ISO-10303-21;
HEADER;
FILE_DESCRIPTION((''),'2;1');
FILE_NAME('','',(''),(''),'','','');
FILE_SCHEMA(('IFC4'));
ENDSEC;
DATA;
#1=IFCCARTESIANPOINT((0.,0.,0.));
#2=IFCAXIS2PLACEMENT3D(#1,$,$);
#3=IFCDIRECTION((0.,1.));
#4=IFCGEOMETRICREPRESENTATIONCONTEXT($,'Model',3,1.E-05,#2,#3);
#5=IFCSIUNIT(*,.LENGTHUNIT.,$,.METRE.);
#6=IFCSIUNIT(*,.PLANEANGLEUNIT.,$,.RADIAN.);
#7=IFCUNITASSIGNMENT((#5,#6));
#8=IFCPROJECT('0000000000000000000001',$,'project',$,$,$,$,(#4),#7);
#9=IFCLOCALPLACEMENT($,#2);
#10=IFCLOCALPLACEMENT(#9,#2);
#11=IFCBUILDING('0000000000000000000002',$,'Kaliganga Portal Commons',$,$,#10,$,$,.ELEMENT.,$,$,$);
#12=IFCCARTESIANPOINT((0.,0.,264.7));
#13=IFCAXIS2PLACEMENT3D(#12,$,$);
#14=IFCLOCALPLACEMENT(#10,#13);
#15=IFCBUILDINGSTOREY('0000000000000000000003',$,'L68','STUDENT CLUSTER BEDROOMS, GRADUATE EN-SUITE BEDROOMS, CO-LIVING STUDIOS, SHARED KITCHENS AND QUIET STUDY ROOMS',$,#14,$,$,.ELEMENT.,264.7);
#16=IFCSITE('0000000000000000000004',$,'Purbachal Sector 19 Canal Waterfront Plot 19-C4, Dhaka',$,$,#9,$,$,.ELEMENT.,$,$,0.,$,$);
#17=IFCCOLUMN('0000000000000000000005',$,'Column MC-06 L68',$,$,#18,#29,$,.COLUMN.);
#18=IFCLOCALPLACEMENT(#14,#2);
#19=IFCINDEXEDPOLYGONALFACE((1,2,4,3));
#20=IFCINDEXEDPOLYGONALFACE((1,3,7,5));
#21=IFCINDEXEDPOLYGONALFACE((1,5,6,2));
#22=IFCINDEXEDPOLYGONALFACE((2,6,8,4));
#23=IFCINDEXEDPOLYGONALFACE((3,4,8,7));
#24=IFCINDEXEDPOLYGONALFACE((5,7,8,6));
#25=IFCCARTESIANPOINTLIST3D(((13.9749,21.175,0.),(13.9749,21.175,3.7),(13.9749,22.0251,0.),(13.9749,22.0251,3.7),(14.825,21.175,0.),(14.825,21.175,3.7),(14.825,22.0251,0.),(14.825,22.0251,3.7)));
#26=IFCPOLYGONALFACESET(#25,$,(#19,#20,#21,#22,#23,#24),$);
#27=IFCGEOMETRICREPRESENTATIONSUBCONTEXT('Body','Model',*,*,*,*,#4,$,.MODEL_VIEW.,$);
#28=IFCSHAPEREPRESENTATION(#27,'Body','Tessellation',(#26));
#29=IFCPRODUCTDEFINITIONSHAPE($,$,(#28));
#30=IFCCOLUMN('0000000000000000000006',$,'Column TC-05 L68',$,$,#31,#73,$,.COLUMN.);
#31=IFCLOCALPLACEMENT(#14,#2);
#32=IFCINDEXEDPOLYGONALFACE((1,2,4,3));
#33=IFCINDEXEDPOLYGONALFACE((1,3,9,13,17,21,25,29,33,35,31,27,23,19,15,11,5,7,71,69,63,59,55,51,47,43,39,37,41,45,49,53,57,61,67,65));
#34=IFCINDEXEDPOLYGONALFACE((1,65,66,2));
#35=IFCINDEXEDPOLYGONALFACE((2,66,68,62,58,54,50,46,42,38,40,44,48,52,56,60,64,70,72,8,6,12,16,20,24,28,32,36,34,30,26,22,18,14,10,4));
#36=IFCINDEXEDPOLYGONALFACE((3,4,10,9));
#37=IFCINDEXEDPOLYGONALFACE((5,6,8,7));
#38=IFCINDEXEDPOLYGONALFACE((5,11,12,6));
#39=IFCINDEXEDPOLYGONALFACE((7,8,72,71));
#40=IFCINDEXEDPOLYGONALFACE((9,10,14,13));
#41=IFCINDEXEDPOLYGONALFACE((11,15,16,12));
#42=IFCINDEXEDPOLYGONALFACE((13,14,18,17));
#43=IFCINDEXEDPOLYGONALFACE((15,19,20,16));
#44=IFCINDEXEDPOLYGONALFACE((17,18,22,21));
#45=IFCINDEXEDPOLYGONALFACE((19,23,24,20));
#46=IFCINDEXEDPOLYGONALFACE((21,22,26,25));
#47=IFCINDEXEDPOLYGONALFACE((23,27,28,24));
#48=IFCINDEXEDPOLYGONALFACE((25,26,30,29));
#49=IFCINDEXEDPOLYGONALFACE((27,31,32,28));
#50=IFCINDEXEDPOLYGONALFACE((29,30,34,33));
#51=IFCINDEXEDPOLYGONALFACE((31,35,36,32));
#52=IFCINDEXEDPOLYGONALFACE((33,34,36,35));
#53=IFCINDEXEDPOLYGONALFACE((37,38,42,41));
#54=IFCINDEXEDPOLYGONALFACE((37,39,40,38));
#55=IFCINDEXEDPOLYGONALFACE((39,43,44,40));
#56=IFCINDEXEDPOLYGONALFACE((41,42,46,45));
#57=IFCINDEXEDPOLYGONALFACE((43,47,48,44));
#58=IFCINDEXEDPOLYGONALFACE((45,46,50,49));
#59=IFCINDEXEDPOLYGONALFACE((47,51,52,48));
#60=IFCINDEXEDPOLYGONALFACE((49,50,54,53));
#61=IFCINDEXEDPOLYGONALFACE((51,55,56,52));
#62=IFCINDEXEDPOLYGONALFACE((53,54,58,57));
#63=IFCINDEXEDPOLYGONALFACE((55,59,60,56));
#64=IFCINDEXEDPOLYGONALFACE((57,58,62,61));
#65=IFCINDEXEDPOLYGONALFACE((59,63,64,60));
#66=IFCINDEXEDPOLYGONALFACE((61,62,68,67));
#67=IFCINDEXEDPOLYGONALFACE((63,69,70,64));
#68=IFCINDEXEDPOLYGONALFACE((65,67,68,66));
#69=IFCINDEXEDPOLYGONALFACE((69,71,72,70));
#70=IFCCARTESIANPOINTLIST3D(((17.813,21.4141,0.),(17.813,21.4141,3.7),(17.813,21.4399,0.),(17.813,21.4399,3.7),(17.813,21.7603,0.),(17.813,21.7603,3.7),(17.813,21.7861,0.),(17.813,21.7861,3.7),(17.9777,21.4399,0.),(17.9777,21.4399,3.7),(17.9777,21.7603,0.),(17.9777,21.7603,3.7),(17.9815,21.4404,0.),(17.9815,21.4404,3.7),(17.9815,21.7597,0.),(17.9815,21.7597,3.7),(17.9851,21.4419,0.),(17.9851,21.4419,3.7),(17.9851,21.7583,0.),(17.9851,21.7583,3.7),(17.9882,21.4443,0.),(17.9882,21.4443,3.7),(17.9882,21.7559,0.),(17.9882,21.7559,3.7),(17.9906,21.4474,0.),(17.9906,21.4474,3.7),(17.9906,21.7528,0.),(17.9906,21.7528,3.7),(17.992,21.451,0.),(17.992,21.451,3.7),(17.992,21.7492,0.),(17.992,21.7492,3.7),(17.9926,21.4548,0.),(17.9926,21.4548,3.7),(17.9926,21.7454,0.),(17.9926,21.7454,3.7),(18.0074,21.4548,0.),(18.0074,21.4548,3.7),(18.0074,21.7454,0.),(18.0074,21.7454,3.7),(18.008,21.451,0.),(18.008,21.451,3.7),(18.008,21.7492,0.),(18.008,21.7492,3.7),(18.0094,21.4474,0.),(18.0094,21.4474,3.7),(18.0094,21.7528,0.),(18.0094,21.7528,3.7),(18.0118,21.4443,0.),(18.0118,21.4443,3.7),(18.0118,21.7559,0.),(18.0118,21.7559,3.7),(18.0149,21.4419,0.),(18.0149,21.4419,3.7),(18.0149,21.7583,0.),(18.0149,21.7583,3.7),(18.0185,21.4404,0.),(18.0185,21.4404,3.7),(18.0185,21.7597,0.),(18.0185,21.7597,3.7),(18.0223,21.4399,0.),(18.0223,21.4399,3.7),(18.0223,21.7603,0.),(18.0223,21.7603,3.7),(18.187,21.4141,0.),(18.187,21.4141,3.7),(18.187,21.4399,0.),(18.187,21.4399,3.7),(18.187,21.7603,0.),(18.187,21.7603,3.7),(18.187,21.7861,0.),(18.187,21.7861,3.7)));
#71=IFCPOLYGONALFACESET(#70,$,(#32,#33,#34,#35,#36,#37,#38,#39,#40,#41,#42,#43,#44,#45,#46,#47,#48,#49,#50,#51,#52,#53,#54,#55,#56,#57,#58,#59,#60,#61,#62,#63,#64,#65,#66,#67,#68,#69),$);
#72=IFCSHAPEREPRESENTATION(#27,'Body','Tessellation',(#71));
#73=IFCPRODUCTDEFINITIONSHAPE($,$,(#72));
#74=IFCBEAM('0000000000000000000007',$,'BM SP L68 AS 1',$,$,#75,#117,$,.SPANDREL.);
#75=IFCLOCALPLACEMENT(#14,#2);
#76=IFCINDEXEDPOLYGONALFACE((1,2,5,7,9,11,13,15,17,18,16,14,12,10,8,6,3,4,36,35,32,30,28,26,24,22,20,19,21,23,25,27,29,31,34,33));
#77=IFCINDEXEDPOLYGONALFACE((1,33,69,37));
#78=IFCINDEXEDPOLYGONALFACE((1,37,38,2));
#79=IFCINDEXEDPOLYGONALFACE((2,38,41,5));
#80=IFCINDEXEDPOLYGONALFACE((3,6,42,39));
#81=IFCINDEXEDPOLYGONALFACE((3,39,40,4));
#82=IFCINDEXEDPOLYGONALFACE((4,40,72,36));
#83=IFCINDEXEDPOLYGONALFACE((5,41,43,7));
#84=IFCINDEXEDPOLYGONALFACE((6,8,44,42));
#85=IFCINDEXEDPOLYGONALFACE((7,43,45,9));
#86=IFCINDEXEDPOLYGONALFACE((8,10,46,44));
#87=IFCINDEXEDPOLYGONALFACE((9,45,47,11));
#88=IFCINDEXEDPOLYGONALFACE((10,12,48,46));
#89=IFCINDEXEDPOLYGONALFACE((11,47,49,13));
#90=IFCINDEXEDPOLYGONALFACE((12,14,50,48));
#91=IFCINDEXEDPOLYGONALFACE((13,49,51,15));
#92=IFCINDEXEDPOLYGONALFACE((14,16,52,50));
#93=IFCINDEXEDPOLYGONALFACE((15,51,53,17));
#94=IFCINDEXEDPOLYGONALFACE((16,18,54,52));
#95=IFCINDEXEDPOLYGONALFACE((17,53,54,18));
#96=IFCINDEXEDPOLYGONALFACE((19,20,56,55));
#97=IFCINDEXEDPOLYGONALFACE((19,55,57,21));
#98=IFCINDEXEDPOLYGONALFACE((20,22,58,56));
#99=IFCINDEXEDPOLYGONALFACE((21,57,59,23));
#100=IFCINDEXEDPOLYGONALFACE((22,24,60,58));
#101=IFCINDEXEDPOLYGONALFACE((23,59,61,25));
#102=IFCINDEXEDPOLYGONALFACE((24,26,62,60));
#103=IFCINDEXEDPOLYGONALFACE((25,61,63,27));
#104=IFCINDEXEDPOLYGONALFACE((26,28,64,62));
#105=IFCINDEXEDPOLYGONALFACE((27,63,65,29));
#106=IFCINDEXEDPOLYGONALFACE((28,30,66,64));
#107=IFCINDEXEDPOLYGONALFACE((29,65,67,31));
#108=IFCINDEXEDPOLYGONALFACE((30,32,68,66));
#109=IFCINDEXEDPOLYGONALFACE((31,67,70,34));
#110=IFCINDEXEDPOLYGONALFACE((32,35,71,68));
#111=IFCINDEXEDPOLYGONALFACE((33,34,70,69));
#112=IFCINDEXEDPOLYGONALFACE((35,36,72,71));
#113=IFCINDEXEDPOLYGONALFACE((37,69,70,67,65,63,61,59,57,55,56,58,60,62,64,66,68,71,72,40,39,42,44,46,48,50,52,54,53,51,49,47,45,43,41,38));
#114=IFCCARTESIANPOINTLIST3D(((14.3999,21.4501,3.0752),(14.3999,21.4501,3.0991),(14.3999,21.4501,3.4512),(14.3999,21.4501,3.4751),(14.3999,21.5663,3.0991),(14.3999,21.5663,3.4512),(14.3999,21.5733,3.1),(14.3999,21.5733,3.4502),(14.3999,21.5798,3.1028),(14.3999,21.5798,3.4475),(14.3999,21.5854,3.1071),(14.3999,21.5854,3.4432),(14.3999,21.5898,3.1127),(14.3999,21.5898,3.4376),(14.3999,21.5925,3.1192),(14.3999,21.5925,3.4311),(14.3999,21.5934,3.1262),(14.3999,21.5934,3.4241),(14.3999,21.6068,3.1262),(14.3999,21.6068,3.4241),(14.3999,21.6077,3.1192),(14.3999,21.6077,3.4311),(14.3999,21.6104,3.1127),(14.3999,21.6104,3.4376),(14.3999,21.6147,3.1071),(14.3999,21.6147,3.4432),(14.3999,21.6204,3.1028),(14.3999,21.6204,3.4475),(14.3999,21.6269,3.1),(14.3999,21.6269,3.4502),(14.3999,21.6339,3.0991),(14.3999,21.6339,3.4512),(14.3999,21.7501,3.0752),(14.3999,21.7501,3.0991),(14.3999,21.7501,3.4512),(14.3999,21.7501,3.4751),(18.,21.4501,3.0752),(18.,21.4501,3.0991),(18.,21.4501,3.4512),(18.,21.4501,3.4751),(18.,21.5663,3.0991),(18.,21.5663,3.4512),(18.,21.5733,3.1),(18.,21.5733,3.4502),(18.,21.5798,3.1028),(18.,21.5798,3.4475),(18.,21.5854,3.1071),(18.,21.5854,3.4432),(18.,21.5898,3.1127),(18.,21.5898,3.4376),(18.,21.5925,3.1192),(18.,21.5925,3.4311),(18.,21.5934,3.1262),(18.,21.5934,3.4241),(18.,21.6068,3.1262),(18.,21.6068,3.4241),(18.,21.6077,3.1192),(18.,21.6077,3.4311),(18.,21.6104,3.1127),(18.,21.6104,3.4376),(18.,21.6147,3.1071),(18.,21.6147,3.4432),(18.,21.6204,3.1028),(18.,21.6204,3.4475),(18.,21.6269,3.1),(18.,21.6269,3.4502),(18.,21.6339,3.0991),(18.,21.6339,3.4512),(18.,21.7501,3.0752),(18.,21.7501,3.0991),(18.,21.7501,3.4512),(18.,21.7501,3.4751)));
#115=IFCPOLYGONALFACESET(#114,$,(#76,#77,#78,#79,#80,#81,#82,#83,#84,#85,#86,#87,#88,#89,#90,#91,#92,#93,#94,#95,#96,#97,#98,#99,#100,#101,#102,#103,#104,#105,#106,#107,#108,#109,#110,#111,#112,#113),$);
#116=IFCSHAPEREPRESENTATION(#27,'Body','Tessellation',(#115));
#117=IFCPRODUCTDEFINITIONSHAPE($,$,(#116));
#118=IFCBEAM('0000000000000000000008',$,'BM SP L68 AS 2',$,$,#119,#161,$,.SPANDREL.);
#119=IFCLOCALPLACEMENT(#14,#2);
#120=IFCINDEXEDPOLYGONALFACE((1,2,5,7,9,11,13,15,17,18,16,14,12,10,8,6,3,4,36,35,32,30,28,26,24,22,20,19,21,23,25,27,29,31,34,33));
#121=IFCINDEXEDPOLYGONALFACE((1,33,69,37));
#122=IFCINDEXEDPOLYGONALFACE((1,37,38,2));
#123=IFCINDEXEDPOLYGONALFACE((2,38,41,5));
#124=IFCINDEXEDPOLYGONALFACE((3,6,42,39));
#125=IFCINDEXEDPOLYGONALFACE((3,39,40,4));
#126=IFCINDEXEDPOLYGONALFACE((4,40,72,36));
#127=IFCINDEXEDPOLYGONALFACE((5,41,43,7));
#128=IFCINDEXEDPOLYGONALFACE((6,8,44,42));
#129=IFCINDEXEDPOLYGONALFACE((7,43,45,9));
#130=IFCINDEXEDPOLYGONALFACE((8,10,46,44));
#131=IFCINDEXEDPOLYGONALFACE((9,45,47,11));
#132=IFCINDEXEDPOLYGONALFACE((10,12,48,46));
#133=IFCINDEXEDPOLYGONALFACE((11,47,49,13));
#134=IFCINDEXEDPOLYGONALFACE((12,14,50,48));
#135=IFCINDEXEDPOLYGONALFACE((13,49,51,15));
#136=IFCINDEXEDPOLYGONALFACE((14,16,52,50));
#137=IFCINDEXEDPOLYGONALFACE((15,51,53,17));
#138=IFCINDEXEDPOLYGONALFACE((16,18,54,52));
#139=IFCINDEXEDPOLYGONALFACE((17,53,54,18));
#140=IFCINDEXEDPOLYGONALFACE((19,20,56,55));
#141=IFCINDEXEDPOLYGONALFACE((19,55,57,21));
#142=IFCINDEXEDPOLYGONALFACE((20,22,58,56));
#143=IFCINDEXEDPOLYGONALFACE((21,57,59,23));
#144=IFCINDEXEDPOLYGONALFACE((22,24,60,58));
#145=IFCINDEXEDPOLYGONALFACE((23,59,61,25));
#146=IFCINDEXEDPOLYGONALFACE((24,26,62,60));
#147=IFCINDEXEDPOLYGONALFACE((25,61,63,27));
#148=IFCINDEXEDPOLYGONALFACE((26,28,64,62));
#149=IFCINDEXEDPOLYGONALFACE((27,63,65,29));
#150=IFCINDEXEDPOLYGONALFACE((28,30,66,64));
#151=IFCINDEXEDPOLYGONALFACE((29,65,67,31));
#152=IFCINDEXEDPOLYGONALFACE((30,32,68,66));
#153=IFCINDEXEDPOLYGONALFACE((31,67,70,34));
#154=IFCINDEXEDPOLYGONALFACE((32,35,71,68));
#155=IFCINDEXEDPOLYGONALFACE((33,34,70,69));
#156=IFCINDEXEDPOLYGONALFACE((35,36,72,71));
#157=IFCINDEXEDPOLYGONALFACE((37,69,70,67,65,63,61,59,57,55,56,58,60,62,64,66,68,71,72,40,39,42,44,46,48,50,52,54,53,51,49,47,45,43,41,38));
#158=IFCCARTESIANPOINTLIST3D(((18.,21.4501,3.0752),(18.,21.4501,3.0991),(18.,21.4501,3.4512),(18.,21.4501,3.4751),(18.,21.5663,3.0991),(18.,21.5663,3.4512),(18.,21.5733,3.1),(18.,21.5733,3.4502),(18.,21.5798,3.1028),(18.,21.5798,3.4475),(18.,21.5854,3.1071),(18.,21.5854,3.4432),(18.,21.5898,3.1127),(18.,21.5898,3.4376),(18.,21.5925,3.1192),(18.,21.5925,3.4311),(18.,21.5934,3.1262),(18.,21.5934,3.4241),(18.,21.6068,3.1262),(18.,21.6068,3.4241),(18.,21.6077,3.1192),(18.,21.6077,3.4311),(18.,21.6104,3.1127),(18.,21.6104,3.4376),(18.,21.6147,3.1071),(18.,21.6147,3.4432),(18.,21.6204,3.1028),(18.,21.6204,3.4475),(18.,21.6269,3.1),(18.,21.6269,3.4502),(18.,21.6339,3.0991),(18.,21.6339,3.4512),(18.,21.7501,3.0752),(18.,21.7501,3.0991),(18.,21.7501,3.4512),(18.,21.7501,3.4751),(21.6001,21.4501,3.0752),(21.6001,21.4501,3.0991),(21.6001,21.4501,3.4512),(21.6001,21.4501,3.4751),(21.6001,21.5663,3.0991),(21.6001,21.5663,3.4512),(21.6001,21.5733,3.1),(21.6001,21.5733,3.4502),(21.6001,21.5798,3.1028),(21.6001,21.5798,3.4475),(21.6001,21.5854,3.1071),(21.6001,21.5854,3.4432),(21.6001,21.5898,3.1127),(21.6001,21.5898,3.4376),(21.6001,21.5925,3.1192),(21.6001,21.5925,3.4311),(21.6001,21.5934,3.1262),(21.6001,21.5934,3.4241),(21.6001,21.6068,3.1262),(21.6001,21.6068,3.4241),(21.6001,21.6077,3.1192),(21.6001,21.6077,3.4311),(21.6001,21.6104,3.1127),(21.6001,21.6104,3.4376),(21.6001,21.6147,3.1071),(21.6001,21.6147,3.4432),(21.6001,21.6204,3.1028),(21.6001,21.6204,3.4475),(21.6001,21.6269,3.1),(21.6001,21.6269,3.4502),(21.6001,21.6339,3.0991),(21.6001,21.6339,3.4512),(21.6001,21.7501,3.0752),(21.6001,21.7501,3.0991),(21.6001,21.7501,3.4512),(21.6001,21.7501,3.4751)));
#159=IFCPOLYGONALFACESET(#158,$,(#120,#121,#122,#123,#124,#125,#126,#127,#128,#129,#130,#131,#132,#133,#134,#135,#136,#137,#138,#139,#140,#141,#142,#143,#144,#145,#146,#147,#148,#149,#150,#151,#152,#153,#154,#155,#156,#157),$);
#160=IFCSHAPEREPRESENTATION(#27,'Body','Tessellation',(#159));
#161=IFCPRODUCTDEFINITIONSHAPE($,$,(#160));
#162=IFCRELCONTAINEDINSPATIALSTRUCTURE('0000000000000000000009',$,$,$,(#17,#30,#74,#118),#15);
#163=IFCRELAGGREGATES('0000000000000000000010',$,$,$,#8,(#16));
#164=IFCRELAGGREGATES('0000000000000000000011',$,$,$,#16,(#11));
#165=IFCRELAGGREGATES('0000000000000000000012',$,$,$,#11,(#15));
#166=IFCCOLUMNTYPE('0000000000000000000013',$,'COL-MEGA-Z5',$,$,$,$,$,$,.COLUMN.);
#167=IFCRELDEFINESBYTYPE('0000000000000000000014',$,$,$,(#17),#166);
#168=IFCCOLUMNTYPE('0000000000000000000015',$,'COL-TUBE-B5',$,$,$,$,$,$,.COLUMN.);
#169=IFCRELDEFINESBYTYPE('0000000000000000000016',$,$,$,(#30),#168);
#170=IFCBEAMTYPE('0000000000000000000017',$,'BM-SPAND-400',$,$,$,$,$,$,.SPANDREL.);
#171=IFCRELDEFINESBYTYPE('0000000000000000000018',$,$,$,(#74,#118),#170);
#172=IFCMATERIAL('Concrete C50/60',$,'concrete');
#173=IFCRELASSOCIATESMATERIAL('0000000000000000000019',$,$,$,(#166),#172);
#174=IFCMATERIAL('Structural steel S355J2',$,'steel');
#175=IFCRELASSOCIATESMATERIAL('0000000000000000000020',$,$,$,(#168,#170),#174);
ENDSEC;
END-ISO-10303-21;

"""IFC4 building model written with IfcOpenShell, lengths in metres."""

from ifc_helpers import new_model, si_unit, direction, frame, origin, origin_2d, place, context, subcontext, project, spatial, rectangle, i_section, extrude, source, transform, mapped, material, material_profile, profile_set, type_object, element, save


model = new_model("IFC4")

# Units and contexts
model_context = context("Model", 3, precision=1e-05, world=origin(), true_north=direction((0.0, 1.0)))
body_context = subcontext(model_context, "Body", "Model", "MODEL_VIEW")
ifc_project = project(units=[si_unit("LENGTHUNIT", "METRE"), si_unit("PLANEANGLEUNIT", "RADIAN")], contexts=[model_context])

# Site, building, storey
site_placement = place(None, origin())
site = spatial("IfcSite", under=ifc_project, at=site_placement, Name="Purbachal Sector 19 Canal Waterfront Plot 19-C4, Dhaka", CompositionType="ELEMENT", RefElevation=0.0)
building_placement = place(site_placement, origin())
building = spatial("IfcBuilding", under=site, at=building_placement, Name="Kaliganga Portal Commons", CompositionType="ELEMENT")
storey_placement = place(building_placement, frame((0.0, 0.0, 264.7)))
storey = spatial("IfcBuildingStorey", under=building, at=storey_placement, Name="L68", Description="STUDENT CLUSTER BEDROOMS, GRADUATE EN-SUITE BEDROOMS, CO-LIVING STUDIOS, SHARED KITCHENS AND QUIET STUDY ROOMS", CompositionType="ELEMENT", Elevation=264.7)

# Columns
ifc_material_1 = material(Name="Concrete C50/60", Category="concrete")
ifc_material_profile_1 = material_profile(ifc_material_1, rectangle(XDim=0.8501, YDim=0.8501, at=origin_2d()), Name="RC 850x850")
ifc_profile_set_1 = profile_set([ifc_material_profile_1], Name="Concrete C50/60")
column_type_1 = type_object("IfcColumnType", Name="COL-MEGA-Z5", PredefinedType="COLUMN", material=ifc_profile_set_1)
shared_shape_1 = source(origin(), body_context, "Body", "SweptSolid", [
    extrude(rectangle(XDim=0.8501, YDim=0.8501, at=origin_2d()), origin(), (0.0, 0.0, 1.0), 3.7),
])
column_1_placement = place(storey_placement, frame((14.3999, 21.6001, 0.0), z_axis=(0.0, 0.0, 1.0), x_axis=(1.0, 0.0, 0.0)))
element("IfcColumn", 1, at=column_1_placement, inside=storey, type_object=column_type_1, Name="Column MC-06 L68", PredefinedType="COLUMN", context=body_context, shape_type="MappedRepresentation", body=[
    mapped(shared_shape_1, transform((0.0, 0.0, 0.0), x_axis=(1.0, 0.0, 0.0), y_axis=(0.0, 1.0, 0.0), z_axis=(0.0, 0.0, 1.0), scale=1.0)),
])
ifc_material_2 = material(Name="Structural steel S355J2", Category="steel")
ifc_material_profile_2 = material_profile(ifc_material_2, i_section(OverallWidth=0.374, OverallDepth=0.3721, WebThickness=0.0149, FlangeThickness=0.0259, FilletRadius=0.0149, at=origin_2d()), Name="HD 360x196")
ifc_profile_set_2 = profile_set([ifc_material_profile_2], Name="Structural steel S355J2 wide-flange")
column_type_2 = type_object("IfcColumnType", Name="COL-TUBE-B5", PredefinedType="COLUMN", material=ifc_profile_set_2)
shared_shape_2 = source(origin(), body_context, "Body", "SweptSolid", [
    extrude(i_section(OverallWidth=0.374, OverallDepth=0.3721, WebThickness=0.0149, FlangeThickness=0.0259, FilletRadius=0.0149, at=origin_2d()), origin(), (0.0, 0.0, 1.0), 3.7),
])
column_2_placement = place(storey_placement, frame((18.0, 21.6001, 0.0), z_axis=(0.0, 0.0, 1.0), x_axis=(1.0, 0.0, 0.0)))
element("IfcColumn", 2, at=column_2_placement, inside=storey, type_object=column_type_2, Name="Column TC-05 L68", PredefinedType="COLUMN", context=body_context, shape_type="MappedRepresentation", body=[
    mapped(shared_shape_2, transform((0.0, 0.0, 0.0), x_axis=(1.0, 0.0, 0.0), y_axis=(0.0, 1.0, 0.0), z_axis=(0.0, 0.0, 1.0), scale=1.0)),
])

# Beams
ifc_material_profile_3 = material_profile(ifc_material_2, i_section(OverallWidth=0.3, OverallDepth=0.3999, WebThickness=0.0134, FlangeThickness=0.0239, FilletRadius=0.0271, at=origin_2d()), Name="HE 400 B")
ifc_profile_set_3 = profile_set([ifc_material_profile_3], Name="Structural steel S355J2 wide-flange")
beam_type_1 = type_object("IfcBeamType", Name="BM-SPAND-400", PredefinedType="SPANDREL", material=ifc_profile_set_3)
shared_shape_3 = source(origin(), body_context, "Body", "SweptSolid", [
    extrude(i_section(OverallWidth=0.3, OverallDepth=0.3999, WebThickness=0.0134, FlangeThickness=0.0239, FilletRadius=0.0271, at=origin_2d()), origin(), (0.0, 0.0, 1.0), 3.6001),
])
for number, where, z_axis, x_axis, name in (
    (3, (14.3999, 21.6001, 3.2751), (1.0, 0.0, 0.0), (0.0, 1.0, 0.0), "BM SP L68 AS 1"),
    (4, (18.0, 21.6001, 3.2751), (1.0, 0.0, 0.0), (0.0, 1.0, 0.0), "BM SP L68 AS 2"),
):
    element("IfcBeam", number, at=place(storey_placement, frame(where, z_axis=z_axis, x_axis=x_axis)), inside=storey, type_object=beam_type_1, Name=name, PredefinedType="SPANDREL", context=body_context, shape_type="MappedRepresentation", body=[
        mapped(shared_shape_3, transform((0.0, 0.0, 0.0), x_axis=(1.0, 0.0, 0.0), y_axis=(0.0, 1.0, 0.0), z_axis=(0.0, 0.0, 1.0), scale=1.0)),
    ])

save(model, "model.ifc")
